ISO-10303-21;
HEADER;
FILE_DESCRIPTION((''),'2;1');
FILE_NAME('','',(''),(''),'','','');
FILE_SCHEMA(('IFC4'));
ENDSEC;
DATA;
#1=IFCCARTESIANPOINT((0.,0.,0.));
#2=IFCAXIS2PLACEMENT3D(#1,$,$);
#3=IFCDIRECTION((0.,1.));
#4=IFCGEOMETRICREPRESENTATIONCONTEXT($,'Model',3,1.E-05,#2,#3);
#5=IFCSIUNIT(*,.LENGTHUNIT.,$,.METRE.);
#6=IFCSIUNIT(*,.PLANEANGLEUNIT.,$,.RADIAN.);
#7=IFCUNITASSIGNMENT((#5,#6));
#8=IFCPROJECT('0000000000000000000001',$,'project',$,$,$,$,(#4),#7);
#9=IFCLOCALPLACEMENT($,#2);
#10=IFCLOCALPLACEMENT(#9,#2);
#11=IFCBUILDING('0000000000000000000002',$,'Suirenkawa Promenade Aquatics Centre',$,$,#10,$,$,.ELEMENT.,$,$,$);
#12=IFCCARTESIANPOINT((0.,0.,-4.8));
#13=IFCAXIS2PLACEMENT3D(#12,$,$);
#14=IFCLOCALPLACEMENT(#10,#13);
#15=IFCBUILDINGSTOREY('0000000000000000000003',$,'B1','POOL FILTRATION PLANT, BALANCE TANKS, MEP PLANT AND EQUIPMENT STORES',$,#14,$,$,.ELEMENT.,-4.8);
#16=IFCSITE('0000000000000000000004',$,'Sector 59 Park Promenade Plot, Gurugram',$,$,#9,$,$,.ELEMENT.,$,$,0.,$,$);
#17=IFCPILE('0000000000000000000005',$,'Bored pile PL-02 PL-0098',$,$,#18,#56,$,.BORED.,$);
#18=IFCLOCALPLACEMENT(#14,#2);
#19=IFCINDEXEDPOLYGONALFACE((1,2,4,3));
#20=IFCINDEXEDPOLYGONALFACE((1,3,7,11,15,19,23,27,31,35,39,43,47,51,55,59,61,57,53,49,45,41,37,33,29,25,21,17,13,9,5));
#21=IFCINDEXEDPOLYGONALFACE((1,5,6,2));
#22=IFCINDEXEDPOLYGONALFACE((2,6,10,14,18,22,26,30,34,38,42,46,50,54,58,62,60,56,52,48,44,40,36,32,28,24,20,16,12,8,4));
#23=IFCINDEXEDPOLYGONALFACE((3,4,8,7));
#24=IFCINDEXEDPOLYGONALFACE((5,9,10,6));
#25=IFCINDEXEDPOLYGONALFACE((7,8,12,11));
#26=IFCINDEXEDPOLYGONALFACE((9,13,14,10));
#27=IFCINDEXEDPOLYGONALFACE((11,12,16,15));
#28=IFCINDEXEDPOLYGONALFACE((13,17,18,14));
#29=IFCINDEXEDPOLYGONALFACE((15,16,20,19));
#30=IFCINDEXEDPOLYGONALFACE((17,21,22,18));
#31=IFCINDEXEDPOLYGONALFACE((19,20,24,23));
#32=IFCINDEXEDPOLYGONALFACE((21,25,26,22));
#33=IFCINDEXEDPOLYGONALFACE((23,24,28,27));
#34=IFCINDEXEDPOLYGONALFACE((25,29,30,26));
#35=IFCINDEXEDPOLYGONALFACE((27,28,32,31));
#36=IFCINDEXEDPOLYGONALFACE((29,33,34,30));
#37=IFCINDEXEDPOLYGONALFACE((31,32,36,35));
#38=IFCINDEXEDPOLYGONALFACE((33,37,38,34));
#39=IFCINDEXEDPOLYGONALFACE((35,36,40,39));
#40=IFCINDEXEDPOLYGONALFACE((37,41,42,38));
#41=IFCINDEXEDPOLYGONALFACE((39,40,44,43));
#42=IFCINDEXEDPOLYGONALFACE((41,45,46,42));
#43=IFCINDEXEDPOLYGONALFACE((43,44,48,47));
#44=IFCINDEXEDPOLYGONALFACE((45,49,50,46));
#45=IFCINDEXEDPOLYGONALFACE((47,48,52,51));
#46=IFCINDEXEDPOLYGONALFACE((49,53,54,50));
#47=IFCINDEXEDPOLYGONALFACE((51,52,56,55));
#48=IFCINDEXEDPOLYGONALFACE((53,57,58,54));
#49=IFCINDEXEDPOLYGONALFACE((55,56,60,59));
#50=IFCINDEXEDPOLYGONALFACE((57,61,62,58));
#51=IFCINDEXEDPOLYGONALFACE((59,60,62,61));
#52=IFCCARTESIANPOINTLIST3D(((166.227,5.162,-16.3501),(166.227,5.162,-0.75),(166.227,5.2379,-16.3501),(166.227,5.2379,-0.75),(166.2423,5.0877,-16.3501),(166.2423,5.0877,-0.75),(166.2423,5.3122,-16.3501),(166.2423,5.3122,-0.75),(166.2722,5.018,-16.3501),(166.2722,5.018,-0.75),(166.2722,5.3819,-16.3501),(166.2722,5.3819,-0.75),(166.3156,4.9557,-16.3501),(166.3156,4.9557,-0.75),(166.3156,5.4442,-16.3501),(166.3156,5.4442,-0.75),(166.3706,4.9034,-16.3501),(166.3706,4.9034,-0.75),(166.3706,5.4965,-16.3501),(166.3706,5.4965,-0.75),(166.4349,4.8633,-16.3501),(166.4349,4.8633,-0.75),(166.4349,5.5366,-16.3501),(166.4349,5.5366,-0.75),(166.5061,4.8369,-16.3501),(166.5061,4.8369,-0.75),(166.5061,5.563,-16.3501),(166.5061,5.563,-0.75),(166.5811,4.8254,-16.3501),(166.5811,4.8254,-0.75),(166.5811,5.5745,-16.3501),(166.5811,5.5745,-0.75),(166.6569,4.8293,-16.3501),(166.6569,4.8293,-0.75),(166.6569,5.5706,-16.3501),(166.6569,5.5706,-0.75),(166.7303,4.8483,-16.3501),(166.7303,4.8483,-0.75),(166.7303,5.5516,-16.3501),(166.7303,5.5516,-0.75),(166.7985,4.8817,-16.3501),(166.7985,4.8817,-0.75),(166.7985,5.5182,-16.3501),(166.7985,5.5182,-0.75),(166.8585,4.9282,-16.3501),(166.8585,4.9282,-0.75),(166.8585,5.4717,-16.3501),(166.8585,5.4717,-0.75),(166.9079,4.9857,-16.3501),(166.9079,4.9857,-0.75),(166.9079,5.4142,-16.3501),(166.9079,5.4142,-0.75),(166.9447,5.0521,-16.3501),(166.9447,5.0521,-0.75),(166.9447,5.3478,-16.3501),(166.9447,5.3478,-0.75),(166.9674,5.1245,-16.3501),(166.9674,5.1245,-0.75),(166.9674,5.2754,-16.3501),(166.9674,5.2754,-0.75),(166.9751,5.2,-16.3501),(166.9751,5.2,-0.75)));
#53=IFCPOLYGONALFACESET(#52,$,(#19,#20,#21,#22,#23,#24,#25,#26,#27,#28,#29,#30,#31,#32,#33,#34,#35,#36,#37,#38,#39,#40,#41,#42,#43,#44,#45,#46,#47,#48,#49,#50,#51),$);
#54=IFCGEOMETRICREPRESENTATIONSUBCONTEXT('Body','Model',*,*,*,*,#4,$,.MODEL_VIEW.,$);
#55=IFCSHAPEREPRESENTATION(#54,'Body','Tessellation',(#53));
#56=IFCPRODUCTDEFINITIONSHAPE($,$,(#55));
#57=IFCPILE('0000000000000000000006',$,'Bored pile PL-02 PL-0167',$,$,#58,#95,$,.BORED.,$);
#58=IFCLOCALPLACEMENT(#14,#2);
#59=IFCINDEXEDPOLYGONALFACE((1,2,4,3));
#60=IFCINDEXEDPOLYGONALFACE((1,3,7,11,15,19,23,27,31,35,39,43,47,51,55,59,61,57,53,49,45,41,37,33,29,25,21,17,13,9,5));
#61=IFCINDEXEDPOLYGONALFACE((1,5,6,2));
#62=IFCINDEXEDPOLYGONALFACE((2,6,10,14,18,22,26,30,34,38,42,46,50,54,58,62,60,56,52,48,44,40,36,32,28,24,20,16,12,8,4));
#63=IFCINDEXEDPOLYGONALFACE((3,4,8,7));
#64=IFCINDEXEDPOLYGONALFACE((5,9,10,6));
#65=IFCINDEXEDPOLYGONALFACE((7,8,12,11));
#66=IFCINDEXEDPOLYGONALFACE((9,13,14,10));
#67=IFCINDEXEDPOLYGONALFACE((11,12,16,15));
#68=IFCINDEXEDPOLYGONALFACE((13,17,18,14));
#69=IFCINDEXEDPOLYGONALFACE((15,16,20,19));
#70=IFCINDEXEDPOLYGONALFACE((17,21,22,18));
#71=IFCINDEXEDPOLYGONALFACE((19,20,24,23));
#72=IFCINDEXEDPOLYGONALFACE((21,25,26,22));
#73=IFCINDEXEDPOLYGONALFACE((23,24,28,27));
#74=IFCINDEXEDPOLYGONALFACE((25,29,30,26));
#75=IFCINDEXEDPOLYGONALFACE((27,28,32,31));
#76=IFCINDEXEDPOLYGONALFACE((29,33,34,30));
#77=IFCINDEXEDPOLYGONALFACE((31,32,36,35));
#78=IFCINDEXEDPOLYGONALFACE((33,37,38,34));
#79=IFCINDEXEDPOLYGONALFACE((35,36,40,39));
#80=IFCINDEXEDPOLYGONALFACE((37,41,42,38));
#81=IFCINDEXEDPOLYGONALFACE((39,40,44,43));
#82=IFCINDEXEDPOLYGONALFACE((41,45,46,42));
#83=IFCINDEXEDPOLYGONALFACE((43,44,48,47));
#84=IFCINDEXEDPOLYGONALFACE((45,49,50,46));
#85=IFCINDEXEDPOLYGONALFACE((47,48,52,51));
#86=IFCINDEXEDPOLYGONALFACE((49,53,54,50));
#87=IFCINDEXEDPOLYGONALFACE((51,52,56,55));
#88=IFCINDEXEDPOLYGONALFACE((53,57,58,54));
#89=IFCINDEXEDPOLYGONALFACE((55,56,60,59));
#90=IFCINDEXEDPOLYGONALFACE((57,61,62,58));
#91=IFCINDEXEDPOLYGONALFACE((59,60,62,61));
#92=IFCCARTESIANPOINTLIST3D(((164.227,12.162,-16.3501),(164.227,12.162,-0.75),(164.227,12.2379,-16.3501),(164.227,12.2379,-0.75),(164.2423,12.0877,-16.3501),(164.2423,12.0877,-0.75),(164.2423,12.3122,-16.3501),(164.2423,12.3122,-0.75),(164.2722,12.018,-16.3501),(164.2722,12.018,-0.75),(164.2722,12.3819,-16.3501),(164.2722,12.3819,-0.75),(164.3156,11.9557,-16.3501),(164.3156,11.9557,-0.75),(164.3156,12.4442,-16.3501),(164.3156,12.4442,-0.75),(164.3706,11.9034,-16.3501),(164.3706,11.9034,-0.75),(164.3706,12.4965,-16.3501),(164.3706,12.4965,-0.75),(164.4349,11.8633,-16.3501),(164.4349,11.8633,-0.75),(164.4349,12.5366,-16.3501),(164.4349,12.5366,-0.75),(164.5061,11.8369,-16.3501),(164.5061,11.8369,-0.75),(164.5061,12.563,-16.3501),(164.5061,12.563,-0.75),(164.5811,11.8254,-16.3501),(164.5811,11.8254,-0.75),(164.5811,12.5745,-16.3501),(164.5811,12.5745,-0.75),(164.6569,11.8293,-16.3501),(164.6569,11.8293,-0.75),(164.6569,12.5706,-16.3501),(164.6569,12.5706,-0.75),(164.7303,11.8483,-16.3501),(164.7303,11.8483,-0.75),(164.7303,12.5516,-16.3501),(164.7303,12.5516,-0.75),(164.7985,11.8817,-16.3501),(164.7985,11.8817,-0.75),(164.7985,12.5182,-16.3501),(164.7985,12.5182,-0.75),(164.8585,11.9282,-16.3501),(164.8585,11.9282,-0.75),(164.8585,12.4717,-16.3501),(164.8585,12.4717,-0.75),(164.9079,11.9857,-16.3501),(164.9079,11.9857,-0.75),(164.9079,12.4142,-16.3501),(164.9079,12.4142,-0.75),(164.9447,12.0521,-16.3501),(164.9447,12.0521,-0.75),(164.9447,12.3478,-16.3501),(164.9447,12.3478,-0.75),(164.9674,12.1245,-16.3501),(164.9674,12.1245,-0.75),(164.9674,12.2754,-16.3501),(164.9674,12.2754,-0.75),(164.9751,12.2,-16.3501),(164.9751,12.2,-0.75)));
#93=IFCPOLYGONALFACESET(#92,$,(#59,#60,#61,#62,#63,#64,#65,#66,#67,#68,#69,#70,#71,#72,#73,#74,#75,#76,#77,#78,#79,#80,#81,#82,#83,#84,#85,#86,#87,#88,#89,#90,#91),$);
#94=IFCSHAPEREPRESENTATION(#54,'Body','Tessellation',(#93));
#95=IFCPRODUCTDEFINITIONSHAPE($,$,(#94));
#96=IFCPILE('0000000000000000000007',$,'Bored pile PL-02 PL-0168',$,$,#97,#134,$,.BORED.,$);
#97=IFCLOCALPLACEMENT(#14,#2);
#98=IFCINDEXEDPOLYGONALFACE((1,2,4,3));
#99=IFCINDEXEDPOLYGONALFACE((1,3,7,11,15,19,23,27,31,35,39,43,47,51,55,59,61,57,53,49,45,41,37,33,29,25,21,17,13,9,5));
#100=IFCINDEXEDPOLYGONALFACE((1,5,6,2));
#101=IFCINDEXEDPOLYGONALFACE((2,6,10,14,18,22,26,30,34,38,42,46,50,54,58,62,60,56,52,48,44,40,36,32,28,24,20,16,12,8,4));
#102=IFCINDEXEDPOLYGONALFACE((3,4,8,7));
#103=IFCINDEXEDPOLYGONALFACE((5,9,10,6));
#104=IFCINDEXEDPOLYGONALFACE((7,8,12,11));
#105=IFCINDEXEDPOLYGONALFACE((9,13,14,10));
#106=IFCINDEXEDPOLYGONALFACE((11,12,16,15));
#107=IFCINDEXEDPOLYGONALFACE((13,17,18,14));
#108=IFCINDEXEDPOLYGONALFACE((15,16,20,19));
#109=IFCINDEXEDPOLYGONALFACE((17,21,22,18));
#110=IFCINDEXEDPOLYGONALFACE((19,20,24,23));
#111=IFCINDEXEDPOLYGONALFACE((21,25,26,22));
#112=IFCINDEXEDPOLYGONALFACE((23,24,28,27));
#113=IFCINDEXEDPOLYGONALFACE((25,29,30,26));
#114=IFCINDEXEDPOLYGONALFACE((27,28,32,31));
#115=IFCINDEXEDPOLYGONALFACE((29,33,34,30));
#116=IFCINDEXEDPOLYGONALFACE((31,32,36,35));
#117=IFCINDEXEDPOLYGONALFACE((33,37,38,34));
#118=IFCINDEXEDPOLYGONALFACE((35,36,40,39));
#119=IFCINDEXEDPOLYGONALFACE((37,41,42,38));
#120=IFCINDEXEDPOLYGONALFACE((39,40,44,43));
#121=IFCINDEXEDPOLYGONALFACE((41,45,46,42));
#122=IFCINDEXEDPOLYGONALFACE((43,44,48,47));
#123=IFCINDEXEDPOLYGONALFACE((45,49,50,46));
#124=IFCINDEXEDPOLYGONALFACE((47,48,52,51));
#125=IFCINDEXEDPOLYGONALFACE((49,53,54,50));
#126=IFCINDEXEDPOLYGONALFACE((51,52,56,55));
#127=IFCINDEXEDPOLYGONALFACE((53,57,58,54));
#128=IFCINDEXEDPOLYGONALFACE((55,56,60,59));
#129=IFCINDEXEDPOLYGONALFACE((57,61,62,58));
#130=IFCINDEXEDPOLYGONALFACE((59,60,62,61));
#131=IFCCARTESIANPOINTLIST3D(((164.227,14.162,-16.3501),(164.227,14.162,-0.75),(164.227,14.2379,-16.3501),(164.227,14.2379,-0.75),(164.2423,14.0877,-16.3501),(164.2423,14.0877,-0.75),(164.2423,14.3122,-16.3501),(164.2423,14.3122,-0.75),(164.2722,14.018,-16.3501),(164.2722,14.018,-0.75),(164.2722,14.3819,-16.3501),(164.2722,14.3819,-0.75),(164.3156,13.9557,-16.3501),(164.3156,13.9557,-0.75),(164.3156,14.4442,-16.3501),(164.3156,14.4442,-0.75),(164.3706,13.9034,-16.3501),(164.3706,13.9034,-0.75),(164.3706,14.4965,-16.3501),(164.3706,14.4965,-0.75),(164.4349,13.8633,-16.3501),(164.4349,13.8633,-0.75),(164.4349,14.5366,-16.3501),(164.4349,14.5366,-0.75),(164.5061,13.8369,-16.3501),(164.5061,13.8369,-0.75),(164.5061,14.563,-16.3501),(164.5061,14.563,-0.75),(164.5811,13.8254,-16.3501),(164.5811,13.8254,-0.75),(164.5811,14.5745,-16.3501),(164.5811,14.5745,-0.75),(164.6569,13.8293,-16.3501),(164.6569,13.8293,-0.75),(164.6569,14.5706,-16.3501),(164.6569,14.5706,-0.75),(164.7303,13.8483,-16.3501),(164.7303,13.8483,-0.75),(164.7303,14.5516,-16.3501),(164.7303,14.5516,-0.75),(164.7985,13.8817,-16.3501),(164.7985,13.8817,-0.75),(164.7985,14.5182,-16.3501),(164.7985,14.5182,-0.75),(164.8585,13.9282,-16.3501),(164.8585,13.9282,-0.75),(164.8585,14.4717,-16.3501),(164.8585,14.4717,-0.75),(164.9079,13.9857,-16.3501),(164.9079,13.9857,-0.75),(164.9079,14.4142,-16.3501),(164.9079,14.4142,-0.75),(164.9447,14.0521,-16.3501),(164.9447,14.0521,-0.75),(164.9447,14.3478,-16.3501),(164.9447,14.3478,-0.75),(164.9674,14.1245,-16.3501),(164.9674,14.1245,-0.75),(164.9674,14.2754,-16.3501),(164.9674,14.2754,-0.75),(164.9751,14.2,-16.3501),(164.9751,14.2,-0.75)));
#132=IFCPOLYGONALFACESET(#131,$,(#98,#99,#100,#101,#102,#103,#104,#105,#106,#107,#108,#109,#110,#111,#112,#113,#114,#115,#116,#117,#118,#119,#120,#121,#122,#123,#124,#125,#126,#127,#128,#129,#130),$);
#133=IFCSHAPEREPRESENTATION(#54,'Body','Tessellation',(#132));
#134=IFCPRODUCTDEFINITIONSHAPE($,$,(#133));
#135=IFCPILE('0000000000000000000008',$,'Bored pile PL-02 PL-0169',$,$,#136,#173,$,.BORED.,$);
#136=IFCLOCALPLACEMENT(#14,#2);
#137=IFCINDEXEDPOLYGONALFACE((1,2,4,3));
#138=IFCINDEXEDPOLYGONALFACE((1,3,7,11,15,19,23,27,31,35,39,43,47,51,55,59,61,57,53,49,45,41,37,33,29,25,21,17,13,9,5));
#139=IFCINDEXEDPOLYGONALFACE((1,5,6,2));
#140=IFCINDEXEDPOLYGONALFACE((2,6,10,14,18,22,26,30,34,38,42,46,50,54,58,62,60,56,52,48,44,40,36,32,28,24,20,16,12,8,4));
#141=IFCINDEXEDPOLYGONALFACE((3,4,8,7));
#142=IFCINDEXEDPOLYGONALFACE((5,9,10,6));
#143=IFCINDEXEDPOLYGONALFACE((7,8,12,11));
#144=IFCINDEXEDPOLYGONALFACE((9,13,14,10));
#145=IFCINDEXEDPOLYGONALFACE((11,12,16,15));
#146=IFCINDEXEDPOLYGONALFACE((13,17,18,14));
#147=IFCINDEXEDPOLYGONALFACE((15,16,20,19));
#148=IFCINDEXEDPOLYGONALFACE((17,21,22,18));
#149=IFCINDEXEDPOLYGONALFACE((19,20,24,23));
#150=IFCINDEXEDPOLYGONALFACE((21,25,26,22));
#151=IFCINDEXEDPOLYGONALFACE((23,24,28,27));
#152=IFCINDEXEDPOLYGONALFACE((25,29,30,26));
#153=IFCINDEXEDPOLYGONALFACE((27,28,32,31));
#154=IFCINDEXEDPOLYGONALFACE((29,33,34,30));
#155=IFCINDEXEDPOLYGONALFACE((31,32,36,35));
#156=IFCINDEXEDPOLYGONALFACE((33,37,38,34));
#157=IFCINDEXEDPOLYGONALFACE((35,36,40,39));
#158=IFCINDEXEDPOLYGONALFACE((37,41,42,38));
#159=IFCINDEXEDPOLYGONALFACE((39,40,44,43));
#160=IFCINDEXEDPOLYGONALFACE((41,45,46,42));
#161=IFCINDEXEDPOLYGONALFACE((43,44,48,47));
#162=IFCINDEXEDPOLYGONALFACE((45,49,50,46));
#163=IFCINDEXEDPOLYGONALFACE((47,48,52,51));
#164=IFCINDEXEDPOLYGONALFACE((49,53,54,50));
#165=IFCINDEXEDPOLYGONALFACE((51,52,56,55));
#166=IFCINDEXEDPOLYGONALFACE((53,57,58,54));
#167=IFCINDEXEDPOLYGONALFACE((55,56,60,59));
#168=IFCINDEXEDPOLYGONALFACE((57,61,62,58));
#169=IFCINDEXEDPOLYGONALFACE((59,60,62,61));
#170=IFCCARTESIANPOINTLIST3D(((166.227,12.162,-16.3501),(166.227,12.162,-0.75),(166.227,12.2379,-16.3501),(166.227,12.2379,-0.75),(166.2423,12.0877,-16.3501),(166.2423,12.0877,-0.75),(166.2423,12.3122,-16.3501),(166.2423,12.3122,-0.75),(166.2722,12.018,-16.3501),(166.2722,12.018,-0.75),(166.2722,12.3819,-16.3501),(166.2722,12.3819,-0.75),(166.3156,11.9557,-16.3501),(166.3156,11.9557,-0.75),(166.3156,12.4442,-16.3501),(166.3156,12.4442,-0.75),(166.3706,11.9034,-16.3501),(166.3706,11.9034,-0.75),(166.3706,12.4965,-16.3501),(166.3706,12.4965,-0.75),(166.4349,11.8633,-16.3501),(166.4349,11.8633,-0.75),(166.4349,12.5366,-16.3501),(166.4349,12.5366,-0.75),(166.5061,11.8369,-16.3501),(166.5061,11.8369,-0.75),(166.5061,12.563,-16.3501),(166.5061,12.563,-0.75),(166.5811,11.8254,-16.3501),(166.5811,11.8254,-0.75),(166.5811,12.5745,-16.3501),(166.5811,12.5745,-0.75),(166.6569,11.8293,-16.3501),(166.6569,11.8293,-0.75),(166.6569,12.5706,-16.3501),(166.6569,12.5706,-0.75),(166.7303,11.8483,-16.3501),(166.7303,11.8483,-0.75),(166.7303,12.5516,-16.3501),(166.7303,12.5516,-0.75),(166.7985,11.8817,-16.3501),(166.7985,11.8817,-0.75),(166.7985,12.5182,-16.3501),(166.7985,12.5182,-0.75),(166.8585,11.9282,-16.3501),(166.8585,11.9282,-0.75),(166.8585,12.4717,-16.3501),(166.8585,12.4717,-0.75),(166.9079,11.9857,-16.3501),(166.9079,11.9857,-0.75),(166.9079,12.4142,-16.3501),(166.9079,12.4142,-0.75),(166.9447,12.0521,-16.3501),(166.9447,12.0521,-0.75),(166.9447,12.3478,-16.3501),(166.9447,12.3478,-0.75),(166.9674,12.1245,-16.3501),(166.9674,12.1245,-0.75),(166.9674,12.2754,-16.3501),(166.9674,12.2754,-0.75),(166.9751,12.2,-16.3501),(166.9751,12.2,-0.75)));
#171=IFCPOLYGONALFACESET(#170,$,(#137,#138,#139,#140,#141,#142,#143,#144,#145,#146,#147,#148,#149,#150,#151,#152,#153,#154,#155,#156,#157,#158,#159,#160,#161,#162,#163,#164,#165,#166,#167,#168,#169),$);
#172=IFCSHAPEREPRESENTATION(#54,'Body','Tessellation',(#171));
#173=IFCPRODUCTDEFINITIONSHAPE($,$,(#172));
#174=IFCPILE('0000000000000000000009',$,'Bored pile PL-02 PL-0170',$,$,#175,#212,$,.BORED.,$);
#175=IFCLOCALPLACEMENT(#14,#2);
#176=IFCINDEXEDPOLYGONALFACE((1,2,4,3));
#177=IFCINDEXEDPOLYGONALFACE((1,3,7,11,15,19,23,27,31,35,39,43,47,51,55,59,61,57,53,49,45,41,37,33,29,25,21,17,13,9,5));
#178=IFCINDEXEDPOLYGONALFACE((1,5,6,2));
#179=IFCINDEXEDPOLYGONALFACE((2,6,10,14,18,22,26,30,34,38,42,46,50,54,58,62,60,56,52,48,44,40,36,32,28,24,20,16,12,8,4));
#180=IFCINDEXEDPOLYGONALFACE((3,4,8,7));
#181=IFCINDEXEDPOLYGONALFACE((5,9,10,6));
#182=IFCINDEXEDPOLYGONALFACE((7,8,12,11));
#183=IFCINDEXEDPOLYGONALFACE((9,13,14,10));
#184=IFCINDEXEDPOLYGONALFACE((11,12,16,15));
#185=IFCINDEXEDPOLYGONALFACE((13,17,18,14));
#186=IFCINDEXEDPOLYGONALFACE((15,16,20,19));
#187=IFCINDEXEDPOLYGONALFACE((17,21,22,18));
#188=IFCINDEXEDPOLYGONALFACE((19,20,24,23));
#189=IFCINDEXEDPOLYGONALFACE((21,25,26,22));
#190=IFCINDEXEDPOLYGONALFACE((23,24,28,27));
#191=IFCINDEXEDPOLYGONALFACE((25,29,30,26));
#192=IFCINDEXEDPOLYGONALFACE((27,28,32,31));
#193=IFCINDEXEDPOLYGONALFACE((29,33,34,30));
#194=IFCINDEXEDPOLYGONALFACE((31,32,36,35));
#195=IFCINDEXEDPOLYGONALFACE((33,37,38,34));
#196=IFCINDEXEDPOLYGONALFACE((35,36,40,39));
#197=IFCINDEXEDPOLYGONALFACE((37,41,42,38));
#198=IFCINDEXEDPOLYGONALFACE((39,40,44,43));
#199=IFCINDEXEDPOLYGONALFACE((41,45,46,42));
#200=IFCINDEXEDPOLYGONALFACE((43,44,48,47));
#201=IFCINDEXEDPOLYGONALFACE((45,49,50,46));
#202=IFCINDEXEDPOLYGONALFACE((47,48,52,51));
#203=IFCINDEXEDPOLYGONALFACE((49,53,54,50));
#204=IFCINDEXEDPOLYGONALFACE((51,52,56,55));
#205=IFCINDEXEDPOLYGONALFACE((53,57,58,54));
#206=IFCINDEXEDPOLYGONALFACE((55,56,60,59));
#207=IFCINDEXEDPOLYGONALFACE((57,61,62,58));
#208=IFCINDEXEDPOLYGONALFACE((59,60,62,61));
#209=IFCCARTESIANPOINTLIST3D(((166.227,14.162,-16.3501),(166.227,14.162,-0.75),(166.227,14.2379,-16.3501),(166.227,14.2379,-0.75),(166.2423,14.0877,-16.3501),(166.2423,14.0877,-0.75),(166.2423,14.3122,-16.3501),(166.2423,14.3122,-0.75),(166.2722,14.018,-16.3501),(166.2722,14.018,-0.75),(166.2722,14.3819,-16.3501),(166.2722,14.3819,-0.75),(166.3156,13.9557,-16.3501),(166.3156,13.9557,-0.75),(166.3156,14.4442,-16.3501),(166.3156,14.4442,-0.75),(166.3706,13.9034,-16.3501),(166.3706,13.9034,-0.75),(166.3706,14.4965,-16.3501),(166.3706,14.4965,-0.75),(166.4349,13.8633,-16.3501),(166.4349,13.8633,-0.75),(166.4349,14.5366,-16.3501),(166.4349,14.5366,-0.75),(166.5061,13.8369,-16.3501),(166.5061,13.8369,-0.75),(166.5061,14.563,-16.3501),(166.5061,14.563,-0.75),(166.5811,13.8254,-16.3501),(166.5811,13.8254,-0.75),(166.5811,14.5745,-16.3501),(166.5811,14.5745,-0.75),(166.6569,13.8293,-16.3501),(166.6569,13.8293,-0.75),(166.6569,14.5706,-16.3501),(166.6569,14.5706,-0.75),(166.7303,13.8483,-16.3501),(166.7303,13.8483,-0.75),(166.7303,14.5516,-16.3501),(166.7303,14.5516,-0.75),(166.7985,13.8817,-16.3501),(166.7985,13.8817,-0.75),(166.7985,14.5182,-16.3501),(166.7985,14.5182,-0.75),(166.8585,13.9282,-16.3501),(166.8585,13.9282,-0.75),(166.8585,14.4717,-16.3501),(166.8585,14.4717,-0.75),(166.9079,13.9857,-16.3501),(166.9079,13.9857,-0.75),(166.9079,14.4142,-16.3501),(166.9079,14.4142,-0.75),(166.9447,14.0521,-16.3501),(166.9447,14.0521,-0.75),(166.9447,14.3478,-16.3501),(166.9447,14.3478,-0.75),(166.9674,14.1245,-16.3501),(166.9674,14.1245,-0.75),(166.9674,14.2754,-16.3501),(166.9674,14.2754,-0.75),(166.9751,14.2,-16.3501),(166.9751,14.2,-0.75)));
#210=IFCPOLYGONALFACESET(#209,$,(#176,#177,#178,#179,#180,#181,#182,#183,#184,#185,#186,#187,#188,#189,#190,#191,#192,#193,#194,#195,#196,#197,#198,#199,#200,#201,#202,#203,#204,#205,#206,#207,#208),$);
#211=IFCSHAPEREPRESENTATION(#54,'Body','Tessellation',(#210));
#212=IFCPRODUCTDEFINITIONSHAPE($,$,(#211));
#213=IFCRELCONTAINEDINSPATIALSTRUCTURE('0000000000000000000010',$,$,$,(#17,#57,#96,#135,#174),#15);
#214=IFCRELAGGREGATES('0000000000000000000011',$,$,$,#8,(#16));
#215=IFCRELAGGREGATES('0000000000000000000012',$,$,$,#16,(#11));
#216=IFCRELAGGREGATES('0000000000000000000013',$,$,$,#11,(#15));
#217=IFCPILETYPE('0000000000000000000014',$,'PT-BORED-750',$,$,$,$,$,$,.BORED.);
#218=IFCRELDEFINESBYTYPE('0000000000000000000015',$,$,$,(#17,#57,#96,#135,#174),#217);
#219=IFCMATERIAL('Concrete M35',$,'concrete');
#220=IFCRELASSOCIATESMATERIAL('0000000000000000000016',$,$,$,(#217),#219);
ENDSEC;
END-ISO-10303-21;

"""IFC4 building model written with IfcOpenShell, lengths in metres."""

from ifc_helpers import new_model, si_unit, direction, frame, origin, origin_2d, place, context, subcontext, project, spatial, circle, extrude, material, material_profile, profile_set, type_object, element, save


model = new_model("IFC4")

# Units and contexts
model_context = context("Model", 3, precision=1e-05, world=origin(), true_north=direction((0.0, 1.0)))
body_context = subcontext(model_context, "Body", "Model", "MODEL_VIEW")
ifc_project = project(units=[si_unit("LENGTHUNIT", "METRE"), si_unit("PLANEANGLEUNIT", "RADIAN")], contexts=[model_context])

# Site, building, storey
site_placement = place(None, origin())
site = spatial("IfcSite", under=ifc_project, at=site_placement, Name="Sector 59 Park Promenade Plot, Gurugram", CompositionType="ELEMENT", RefElevation=0.0)
building_placement = place(site_placement, origin())
building = spatial("IfcBuilding", under=site, at=building_placement, Name="Suirenkawa Promenade Aquatics Centre", CompositionType="ELEMENT")
storey_placement = place(building_placement, frame((0.0, 0.0, -4.8)))
storey = spatial("IfcBuildingStorey", under=building, at=storey_placement, Name="B1", Description="POOL FILTRATION PLANT, BALANCE TANKS, MEP PLANT AND EQUIPMENT STORES", CompositionType="ELEMENT", Elevation=-4.8)

# Shared definitions
ifc_material_1 = material(Name="Concrete M35", Category="concrete")

# Piles
ifc_material_profile_1 = material_profile(ifc_material_1, circle(Radius=0.375, at=origin_2d()), Name="PILE D750", Category="concrete")
ifc_profile_set_1 = profile_set([ifc_material_profile_1], Name="Concrete M35")
pile_type_1 = type_object("IfcPileType", Name="PT-BORED-750", PredefinedType="BORED", material=ifc_profile_set_1)
for number, where, z_axis, x_axis, name in (
    (1, (166.6001, 5.2, -0.75), (0.0, 0.0, -1.0), (1.0, 0.0, 0.0), "Bored pile PL-02 PL-0098"),
    (2, (164.6001, 12.2, -0.75), (0.0, 0.0, -1.0), (1.0, 0.0, 0.0), "Bored pile PL-02 PL-0167"),
    (3, (164.6001, 14.2, -0.75), (0.0, 0.0, -1.0), (1.0, 0.0, 0.0), "Bored pile PL-02 PL-0168"),
    (4, (166.6001, 12.2, -0.75), (0.0, 0.0, -1.0), (1.0, 0.0, 0.0), "Bored pile PL-02 PL-0169"),
    (5, (166.6001, 14.2, -0.75), (0.0, 0.0, -1.0), (1.0, 0.0, 0.0), "Bored pile PL-02 PL-0170"),
):
    element("IfcPile", number, at=place(storey_placement, frame(where, z_axis=z_axis, x_axis=x_axis)), inside=storey, type_object=pile_type_1, Name=name, PredefinedType="BORED", context=body_context, shape_type="SweptSolid", body=[
        extrude(circle(Radius=0.375, at=origin_2d()), origin(), (0.0, 0.0, 1.0), 15.6001),
    ])

save(model, "model.ifc")
